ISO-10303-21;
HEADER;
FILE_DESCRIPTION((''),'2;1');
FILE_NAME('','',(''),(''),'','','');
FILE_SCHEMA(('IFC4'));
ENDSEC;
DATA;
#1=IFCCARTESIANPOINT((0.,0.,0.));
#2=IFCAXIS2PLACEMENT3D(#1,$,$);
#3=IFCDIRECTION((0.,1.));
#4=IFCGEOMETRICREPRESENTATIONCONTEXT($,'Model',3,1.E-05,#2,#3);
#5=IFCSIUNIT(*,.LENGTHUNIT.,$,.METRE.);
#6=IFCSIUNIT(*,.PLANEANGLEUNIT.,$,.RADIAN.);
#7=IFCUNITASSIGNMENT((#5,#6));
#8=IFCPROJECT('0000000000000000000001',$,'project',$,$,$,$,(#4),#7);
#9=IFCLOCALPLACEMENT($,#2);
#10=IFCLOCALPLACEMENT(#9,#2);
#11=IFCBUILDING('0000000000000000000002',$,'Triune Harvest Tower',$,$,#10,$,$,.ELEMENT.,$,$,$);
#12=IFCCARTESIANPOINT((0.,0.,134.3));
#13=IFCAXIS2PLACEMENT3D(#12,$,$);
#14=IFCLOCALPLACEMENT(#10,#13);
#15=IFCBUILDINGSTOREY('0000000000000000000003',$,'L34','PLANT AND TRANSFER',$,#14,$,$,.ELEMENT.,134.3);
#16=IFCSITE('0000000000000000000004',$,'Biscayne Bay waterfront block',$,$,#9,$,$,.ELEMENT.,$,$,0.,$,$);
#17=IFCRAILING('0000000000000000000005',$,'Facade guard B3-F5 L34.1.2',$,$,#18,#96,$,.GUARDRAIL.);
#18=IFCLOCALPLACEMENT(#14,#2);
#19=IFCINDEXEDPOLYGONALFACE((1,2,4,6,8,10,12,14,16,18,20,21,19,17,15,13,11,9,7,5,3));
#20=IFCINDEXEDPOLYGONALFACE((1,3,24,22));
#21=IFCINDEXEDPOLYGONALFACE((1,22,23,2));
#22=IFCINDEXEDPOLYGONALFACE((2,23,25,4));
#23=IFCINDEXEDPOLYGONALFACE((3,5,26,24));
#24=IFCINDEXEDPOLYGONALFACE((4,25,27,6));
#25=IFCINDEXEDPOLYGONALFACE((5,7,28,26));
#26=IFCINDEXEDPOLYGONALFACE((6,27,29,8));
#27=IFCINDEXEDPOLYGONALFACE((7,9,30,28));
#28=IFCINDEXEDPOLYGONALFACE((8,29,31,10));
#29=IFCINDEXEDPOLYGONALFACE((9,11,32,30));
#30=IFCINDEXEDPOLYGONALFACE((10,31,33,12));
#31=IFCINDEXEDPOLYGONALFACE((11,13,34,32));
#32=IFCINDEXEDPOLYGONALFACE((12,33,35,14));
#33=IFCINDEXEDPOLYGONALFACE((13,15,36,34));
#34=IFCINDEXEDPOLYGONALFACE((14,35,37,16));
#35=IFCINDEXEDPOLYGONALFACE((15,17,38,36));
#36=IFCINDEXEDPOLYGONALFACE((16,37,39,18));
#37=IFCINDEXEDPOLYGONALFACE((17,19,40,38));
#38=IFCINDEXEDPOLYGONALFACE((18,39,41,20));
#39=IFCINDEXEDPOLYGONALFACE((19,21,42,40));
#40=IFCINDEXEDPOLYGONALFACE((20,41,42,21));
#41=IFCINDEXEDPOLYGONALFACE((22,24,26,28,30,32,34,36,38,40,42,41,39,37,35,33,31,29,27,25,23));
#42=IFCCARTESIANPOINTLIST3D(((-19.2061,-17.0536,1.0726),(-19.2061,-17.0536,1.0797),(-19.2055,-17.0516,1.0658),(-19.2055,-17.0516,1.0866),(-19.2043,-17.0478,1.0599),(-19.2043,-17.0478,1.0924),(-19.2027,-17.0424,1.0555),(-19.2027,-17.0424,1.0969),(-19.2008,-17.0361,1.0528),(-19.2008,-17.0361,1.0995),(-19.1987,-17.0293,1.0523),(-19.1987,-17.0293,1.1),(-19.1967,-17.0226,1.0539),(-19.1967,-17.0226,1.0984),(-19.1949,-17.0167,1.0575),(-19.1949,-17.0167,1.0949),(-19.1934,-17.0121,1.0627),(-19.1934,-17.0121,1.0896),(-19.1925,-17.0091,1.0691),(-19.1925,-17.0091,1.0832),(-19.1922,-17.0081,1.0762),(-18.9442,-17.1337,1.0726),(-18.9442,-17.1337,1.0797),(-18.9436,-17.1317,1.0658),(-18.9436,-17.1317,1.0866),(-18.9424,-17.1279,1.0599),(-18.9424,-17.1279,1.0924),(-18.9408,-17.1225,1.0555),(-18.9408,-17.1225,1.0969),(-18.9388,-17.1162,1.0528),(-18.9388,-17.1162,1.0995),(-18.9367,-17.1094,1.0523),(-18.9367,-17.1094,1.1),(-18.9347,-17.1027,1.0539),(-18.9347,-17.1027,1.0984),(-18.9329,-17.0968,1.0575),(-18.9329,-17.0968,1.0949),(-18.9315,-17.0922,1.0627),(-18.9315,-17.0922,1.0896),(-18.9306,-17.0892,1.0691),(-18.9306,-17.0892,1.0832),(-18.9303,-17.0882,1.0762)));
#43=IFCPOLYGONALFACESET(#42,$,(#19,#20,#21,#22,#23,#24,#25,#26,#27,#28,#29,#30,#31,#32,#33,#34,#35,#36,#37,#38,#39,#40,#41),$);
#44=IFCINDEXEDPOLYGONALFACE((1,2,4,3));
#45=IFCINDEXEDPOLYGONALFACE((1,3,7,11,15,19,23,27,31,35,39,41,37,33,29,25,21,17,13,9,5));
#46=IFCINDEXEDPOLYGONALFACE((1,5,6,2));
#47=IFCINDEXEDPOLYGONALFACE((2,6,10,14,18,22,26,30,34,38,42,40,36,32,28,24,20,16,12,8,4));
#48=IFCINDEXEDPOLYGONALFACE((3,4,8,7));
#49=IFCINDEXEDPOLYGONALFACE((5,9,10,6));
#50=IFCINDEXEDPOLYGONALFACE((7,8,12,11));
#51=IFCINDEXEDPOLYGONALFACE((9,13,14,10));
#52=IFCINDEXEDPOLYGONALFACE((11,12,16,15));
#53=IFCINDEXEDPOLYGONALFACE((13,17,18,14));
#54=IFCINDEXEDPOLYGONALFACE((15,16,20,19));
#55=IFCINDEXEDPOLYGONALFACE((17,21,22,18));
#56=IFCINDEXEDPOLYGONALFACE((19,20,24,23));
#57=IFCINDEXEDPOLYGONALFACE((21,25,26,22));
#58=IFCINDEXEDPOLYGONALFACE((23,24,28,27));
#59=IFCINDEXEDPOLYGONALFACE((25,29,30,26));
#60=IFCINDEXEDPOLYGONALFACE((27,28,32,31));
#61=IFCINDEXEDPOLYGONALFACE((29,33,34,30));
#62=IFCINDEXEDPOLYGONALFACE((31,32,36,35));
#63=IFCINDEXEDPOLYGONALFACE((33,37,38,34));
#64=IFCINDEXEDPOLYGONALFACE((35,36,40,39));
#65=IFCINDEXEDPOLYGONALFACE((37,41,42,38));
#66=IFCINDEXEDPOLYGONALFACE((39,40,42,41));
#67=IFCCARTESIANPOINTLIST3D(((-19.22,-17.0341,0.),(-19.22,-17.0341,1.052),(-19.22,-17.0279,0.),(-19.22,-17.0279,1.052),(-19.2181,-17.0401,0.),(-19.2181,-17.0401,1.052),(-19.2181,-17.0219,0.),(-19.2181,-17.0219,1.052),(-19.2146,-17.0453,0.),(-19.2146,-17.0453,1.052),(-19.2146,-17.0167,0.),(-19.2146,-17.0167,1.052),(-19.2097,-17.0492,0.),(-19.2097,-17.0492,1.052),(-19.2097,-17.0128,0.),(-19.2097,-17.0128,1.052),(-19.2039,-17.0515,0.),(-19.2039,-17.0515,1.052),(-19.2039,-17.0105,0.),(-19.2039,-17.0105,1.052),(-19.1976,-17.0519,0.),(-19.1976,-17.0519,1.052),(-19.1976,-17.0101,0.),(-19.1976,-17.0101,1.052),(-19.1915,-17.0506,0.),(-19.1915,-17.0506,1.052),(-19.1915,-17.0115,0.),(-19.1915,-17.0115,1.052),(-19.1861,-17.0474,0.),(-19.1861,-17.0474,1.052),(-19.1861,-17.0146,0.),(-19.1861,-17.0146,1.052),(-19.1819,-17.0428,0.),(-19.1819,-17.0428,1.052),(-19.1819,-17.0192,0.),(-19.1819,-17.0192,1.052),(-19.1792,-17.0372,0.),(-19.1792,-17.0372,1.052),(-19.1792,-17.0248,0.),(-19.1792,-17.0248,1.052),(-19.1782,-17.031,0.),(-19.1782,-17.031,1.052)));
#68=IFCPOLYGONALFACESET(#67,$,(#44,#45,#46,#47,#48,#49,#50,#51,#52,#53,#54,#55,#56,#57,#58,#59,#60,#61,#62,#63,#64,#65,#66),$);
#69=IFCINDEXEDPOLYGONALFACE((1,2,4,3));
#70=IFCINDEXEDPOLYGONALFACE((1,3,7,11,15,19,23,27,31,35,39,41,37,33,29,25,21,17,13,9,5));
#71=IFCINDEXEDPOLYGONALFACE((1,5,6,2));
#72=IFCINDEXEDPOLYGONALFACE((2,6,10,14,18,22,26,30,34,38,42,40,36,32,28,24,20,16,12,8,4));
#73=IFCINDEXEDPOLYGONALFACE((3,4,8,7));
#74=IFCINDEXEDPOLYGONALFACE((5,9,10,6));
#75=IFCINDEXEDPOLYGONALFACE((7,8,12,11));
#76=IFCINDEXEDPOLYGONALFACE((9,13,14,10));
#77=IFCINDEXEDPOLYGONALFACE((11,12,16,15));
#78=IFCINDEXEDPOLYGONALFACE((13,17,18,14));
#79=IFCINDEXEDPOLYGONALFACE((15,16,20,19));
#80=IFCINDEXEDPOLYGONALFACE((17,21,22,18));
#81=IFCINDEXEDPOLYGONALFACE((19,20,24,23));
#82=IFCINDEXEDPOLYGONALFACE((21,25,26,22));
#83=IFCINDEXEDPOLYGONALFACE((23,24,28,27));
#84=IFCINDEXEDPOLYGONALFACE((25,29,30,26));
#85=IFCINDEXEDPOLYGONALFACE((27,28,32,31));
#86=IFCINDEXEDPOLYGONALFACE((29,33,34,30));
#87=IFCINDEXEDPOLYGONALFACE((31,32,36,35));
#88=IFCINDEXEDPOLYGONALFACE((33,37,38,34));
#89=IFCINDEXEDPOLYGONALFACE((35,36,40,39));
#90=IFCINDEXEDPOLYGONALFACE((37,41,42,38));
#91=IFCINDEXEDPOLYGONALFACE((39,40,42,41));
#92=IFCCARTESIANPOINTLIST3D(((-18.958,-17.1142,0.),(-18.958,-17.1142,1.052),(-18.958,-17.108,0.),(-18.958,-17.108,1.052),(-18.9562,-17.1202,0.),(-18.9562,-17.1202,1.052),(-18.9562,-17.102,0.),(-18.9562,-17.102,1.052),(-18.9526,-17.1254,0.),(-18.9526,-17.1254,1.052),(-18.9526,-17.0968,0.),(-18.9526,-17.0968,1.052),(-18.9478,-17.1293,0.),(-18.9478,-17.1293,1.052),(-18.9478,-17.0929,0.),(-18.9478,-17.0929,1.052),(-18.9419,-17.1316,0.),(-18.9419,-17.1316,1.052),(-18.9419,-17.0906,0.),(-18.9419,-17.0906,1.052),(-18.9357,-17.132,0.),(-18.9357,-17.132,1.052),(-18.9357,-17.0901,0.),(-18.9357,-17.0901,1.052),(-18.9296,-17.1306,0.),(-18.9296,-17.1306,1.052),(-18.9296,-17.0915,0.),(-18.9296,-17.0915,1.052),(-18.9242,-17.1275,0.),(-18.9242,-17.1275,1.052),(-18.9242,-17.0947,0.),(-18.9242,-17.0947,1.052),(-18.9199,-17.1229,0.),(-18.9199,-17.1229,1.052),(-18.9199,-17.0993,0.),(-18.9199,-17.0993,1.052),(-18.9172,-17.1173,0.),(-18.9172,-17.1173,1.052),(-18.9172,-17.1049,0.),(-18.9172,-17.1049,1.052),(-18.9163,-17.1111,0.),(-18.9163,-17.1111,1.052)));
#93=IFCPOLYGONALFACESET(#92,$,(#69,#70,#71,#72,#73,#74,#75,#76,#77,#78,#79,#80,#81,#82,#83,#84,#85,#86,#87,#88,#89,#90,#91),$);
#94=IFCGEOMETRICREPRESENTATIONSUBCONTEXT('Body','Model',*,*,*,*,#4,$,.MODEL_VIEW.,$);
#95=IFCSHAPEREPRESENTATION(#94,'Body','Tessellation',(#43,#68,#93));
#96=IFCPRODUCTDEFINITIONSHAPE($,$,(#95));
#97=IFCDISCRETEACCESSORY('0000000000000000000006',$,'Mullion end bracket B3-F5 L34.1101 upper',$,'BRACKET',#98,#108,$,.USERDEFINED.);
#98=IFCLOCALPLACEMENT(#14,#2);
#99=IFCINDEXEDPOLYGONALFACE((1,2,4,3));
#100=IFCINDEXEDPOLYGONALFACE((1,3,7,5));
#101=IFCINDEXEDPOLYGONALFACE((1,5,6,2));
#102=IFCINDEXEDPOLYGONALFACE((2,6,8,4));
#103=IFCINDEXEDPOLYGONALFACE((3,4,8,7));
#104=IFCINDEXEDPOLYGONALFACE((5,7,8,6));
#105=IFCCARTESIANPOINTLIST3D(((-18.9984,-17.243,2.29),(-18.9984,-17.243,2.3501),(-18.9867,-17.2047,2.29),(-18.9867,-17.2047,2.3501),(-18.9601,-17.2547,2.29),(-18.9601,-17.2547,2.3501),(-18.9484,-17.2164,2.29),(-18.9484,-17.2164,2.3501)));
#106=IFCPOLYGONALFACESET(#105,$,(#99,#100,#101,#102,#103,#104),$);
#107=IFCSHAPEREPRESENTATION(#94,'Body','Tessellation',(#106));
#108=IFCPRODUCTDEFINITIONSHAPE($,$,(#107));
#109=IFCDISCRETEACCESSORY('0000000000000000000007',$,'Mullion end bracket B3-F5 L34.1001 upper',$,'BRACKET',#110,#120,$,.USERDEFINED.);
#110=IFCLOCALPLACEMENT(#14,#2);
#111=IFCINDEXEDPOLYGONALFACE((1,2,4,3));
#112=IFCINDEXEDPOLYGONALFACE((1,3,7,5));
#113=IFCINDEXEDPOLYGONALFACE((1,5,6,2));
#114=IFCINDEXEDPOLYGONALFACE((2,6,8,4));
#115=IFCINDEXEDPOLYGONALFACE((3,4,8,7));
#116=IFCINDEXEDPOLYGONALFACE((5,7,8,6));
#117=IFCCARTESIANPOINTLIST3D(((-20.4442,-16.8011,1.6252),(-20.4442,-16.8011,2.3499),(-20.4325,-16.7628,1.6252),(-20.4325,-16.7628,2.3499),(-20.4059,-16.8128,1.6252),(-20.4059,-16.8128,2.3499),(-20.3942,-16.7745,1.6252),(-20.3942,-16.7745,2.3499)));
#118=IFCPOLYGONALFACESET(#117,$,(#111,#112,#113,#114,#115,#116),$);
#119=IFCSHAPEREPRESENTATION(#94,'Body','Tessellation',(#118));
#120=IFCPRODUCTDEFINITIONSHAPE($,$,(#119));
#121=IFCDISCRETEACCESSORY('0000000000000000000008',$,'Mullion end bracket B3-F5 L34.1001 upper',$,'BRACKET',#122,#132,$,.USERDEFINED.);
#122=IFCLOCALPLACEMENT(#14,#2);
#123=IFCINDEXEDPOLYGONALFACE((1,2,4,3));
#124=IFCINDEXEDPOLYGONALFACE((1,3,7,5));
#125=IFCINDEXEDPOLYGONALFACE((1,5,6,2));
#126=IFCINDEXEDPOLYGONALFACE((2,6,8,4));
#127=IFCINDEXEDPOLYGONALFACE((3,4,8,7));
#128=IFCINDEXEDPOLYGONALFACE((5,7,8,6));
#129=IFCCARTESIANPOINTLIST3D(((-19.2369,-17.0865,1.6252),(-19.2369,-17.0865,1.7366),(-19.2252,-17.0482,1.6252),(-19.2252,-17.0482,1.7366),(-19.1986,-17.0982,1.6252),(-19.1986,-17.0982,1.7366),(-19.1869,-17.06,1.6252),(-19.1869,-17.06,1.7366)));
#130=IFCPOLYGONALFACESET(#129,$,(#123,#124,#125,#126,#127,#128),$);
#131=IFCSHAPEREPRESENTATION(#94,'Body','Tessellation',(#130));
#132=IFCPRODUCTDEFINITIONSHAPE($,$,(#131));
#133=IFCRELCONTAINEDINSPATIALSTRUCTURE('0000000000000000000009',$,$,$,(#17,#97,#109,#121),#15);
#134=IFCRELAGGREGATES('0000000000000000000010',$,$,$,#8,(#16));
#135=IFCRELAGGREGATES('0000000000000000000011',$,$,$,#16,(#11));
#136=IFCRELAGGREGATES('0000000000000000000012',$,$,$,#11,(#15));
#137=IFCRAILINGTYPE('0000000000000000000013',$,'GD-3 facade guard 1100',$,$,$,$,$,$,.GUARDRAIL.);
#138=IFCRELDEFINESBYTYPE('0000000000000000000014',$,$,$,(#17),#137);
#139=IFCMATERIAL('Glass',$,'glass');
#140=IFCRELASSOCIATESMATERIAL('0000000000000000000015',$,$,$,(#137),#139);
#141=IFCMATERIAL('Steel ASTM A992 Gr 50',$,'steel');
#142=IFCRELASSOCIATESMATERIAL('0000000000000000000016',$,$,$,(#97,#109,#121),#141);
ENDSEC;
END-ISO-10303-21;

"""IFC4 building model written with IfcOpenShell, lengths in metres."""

from ifc_helpers import new_model, si_unit, direction, frame, origin, origin_2d, place, context, subcontext, project, spatial, rectangle, circle, extrude, source, transform, mapped, material, type_object, element, save


model = new_model("IFC4")

# Units and contexts
model_context = context("Model", 3, precision=1e-05, world=origin(), true_north=direction((0.0, 1.0)))
body_context = subcontext(model_context, "Body", "Model", "MODEL_VIEW")
ifc_project = project(units=[si_unit("LENGTHUNIT", "METRE"), si_unit("PLANEANGLEUNIT", "RADIAN")], contexts=[model_context])

# Site, building, storey
site_placement = place(None, origin())
site = spatial("IfcSite", under=ifc_project, at=site_placement, Name="Biscayne Bay waterfront block", CompositionType="ELEMENT", RefElevation=0.0)
building_placement = place(site_placement, origin())
building = spatial("IfcBuilding", under=site, at=building_placement, Name="Triune Harvest Tower", CompositionType="ELEMENT")
storey_placement = place(building_placement, frame((0.0, 0.0, 134.3)))
storey = spatial("IfcBuildingStorey", under=building, at=storey_placement, Name="L34", Description="PLANT AND TRANSFER", CompositionType="ELEMENT", Elevation=134.3)

# Railing
ifc_material_1 = material(Name="Glass", Category="glass")
railing_type = type_object("IfcRailingType", Name="GD-3 facade guard 1100", PredefinedType="GUARDRAIL", material=ifc_material_1)
railing_placement = place(storey_placement, frame((-19.1992, -17.031, 0.0)))
element("IfcRailing", 1, at=railing_placement, inside=storey, type_object=railing_type, Name="Facade guard B3-F5 L34.1.2", PredefinedType="GUARDRAIL", context=body_context, shape_type="SweptSolid", body=[
    extrude(circle(Radius=0.0239, at=origin_2d()), frame((0.0, 0.0, 1.0762), z_axis=(0.956317, -0.292332, 0.0), x_axis=(0.292332, 0.956317, 0.0)), (0.0, 0.0, 1.0), 0.2739),
    extrude(circle(Radius=0.021, at=origin_2d()), origin(), (0.0, 0.0, 1.0), 1.052),
    extrude(circle(Radius=0.021, at=origin_2d()), frame((0.262, -0.0801, 0.0)), (0.0, 0.0, 1.0), 1.052),
])

# Discrete accessories
ifc_material_2 = material(Name="Steel ASTM A992 Gr 50", Category="steel")
shared_shape_1 = source(origin(), body_context, "Body", "SweptSolid", [
    extrude(rectangle(XDim=0.04, YDim=0.04, at=origin_2d()), origin(), (0.0, 0.0, 1.0), 0.0601),
])
discrete_accessory_1_placement = place(storey_placement, frame((-18.9734, -17.2297, 2.29), z_axis=(0.0, 0.0, 1.0), x_axis=(0.956301, -0.292385, 0.0)))
element("IfcDiscreteAccessory", 2, at=discrete_accessory_1_placement, inside=storey, material=ifc_material_2, Name="Mullion end bracket B3-F5 L34.1101 upper", ObjectType="BRACKET", PredefinedType="USERDEFINED", context=body_context, shape_type="MappedRepresentation", body=[
    mapped(shared_shape_1, transform((0.0, 0.0, 0.0), scale=1.0)),
])
shared_shape_2 = source(origin(), body_context, "Body", "SweptSolid", [
    extrude(rectangle(XDim=0.04, YDim=0.04, at=origin_2d()), origin(), (0.0, 0.0, 1.0), 0.7246),
])
discrete_accessory_2_placement = place(storey_placement, frame((-20.4192, -16.7878, 1.6252), z_axis=(0.0, 0.0, 1.0), x_axis=(0.956307, -0.292363, 0.0)))
element("IfcDiscreteAccessory", 3, at=discrete_accessory_2_placement, inside=storey, material=ifc_material_2, Name="Mullion end bracket B3-F5 L34.1001 upper", ObjectType="BRACKET", PredefinedType="USERDEFINED", context=body_context, shape_type="MappedRepresentation", body=[
    mapped(shared_shape_2, transform((0.0, 0.0, 0.0), scale=1.0)),
])
discrete_accessory_3_placement = place(storey_placement, frame((-19.2119, -17.0732, 1.6252), z_axis=(0.0, 0.0, 1.0), x_axis=(0.956307, -0.292363, 0.0)))
element("IfcDiscreteAccessory", 4, at=discrete_accessory_3_placement, inside=storey, material=ifc_material_2, Name="Mullion end bracket B3-F5 L34.1001 upper", ObjectType="BRACKET", PredefinedType="USERDEFINED", context=body_context, shape_type="SweptSolid", body=[
    extrude(rectangle(XDim=0.04, YDim=0.04, at=origin_2d()), origin(), (0.0, 0.0, 1.0), 0.1113),
])

save(model, "model.ifc")
